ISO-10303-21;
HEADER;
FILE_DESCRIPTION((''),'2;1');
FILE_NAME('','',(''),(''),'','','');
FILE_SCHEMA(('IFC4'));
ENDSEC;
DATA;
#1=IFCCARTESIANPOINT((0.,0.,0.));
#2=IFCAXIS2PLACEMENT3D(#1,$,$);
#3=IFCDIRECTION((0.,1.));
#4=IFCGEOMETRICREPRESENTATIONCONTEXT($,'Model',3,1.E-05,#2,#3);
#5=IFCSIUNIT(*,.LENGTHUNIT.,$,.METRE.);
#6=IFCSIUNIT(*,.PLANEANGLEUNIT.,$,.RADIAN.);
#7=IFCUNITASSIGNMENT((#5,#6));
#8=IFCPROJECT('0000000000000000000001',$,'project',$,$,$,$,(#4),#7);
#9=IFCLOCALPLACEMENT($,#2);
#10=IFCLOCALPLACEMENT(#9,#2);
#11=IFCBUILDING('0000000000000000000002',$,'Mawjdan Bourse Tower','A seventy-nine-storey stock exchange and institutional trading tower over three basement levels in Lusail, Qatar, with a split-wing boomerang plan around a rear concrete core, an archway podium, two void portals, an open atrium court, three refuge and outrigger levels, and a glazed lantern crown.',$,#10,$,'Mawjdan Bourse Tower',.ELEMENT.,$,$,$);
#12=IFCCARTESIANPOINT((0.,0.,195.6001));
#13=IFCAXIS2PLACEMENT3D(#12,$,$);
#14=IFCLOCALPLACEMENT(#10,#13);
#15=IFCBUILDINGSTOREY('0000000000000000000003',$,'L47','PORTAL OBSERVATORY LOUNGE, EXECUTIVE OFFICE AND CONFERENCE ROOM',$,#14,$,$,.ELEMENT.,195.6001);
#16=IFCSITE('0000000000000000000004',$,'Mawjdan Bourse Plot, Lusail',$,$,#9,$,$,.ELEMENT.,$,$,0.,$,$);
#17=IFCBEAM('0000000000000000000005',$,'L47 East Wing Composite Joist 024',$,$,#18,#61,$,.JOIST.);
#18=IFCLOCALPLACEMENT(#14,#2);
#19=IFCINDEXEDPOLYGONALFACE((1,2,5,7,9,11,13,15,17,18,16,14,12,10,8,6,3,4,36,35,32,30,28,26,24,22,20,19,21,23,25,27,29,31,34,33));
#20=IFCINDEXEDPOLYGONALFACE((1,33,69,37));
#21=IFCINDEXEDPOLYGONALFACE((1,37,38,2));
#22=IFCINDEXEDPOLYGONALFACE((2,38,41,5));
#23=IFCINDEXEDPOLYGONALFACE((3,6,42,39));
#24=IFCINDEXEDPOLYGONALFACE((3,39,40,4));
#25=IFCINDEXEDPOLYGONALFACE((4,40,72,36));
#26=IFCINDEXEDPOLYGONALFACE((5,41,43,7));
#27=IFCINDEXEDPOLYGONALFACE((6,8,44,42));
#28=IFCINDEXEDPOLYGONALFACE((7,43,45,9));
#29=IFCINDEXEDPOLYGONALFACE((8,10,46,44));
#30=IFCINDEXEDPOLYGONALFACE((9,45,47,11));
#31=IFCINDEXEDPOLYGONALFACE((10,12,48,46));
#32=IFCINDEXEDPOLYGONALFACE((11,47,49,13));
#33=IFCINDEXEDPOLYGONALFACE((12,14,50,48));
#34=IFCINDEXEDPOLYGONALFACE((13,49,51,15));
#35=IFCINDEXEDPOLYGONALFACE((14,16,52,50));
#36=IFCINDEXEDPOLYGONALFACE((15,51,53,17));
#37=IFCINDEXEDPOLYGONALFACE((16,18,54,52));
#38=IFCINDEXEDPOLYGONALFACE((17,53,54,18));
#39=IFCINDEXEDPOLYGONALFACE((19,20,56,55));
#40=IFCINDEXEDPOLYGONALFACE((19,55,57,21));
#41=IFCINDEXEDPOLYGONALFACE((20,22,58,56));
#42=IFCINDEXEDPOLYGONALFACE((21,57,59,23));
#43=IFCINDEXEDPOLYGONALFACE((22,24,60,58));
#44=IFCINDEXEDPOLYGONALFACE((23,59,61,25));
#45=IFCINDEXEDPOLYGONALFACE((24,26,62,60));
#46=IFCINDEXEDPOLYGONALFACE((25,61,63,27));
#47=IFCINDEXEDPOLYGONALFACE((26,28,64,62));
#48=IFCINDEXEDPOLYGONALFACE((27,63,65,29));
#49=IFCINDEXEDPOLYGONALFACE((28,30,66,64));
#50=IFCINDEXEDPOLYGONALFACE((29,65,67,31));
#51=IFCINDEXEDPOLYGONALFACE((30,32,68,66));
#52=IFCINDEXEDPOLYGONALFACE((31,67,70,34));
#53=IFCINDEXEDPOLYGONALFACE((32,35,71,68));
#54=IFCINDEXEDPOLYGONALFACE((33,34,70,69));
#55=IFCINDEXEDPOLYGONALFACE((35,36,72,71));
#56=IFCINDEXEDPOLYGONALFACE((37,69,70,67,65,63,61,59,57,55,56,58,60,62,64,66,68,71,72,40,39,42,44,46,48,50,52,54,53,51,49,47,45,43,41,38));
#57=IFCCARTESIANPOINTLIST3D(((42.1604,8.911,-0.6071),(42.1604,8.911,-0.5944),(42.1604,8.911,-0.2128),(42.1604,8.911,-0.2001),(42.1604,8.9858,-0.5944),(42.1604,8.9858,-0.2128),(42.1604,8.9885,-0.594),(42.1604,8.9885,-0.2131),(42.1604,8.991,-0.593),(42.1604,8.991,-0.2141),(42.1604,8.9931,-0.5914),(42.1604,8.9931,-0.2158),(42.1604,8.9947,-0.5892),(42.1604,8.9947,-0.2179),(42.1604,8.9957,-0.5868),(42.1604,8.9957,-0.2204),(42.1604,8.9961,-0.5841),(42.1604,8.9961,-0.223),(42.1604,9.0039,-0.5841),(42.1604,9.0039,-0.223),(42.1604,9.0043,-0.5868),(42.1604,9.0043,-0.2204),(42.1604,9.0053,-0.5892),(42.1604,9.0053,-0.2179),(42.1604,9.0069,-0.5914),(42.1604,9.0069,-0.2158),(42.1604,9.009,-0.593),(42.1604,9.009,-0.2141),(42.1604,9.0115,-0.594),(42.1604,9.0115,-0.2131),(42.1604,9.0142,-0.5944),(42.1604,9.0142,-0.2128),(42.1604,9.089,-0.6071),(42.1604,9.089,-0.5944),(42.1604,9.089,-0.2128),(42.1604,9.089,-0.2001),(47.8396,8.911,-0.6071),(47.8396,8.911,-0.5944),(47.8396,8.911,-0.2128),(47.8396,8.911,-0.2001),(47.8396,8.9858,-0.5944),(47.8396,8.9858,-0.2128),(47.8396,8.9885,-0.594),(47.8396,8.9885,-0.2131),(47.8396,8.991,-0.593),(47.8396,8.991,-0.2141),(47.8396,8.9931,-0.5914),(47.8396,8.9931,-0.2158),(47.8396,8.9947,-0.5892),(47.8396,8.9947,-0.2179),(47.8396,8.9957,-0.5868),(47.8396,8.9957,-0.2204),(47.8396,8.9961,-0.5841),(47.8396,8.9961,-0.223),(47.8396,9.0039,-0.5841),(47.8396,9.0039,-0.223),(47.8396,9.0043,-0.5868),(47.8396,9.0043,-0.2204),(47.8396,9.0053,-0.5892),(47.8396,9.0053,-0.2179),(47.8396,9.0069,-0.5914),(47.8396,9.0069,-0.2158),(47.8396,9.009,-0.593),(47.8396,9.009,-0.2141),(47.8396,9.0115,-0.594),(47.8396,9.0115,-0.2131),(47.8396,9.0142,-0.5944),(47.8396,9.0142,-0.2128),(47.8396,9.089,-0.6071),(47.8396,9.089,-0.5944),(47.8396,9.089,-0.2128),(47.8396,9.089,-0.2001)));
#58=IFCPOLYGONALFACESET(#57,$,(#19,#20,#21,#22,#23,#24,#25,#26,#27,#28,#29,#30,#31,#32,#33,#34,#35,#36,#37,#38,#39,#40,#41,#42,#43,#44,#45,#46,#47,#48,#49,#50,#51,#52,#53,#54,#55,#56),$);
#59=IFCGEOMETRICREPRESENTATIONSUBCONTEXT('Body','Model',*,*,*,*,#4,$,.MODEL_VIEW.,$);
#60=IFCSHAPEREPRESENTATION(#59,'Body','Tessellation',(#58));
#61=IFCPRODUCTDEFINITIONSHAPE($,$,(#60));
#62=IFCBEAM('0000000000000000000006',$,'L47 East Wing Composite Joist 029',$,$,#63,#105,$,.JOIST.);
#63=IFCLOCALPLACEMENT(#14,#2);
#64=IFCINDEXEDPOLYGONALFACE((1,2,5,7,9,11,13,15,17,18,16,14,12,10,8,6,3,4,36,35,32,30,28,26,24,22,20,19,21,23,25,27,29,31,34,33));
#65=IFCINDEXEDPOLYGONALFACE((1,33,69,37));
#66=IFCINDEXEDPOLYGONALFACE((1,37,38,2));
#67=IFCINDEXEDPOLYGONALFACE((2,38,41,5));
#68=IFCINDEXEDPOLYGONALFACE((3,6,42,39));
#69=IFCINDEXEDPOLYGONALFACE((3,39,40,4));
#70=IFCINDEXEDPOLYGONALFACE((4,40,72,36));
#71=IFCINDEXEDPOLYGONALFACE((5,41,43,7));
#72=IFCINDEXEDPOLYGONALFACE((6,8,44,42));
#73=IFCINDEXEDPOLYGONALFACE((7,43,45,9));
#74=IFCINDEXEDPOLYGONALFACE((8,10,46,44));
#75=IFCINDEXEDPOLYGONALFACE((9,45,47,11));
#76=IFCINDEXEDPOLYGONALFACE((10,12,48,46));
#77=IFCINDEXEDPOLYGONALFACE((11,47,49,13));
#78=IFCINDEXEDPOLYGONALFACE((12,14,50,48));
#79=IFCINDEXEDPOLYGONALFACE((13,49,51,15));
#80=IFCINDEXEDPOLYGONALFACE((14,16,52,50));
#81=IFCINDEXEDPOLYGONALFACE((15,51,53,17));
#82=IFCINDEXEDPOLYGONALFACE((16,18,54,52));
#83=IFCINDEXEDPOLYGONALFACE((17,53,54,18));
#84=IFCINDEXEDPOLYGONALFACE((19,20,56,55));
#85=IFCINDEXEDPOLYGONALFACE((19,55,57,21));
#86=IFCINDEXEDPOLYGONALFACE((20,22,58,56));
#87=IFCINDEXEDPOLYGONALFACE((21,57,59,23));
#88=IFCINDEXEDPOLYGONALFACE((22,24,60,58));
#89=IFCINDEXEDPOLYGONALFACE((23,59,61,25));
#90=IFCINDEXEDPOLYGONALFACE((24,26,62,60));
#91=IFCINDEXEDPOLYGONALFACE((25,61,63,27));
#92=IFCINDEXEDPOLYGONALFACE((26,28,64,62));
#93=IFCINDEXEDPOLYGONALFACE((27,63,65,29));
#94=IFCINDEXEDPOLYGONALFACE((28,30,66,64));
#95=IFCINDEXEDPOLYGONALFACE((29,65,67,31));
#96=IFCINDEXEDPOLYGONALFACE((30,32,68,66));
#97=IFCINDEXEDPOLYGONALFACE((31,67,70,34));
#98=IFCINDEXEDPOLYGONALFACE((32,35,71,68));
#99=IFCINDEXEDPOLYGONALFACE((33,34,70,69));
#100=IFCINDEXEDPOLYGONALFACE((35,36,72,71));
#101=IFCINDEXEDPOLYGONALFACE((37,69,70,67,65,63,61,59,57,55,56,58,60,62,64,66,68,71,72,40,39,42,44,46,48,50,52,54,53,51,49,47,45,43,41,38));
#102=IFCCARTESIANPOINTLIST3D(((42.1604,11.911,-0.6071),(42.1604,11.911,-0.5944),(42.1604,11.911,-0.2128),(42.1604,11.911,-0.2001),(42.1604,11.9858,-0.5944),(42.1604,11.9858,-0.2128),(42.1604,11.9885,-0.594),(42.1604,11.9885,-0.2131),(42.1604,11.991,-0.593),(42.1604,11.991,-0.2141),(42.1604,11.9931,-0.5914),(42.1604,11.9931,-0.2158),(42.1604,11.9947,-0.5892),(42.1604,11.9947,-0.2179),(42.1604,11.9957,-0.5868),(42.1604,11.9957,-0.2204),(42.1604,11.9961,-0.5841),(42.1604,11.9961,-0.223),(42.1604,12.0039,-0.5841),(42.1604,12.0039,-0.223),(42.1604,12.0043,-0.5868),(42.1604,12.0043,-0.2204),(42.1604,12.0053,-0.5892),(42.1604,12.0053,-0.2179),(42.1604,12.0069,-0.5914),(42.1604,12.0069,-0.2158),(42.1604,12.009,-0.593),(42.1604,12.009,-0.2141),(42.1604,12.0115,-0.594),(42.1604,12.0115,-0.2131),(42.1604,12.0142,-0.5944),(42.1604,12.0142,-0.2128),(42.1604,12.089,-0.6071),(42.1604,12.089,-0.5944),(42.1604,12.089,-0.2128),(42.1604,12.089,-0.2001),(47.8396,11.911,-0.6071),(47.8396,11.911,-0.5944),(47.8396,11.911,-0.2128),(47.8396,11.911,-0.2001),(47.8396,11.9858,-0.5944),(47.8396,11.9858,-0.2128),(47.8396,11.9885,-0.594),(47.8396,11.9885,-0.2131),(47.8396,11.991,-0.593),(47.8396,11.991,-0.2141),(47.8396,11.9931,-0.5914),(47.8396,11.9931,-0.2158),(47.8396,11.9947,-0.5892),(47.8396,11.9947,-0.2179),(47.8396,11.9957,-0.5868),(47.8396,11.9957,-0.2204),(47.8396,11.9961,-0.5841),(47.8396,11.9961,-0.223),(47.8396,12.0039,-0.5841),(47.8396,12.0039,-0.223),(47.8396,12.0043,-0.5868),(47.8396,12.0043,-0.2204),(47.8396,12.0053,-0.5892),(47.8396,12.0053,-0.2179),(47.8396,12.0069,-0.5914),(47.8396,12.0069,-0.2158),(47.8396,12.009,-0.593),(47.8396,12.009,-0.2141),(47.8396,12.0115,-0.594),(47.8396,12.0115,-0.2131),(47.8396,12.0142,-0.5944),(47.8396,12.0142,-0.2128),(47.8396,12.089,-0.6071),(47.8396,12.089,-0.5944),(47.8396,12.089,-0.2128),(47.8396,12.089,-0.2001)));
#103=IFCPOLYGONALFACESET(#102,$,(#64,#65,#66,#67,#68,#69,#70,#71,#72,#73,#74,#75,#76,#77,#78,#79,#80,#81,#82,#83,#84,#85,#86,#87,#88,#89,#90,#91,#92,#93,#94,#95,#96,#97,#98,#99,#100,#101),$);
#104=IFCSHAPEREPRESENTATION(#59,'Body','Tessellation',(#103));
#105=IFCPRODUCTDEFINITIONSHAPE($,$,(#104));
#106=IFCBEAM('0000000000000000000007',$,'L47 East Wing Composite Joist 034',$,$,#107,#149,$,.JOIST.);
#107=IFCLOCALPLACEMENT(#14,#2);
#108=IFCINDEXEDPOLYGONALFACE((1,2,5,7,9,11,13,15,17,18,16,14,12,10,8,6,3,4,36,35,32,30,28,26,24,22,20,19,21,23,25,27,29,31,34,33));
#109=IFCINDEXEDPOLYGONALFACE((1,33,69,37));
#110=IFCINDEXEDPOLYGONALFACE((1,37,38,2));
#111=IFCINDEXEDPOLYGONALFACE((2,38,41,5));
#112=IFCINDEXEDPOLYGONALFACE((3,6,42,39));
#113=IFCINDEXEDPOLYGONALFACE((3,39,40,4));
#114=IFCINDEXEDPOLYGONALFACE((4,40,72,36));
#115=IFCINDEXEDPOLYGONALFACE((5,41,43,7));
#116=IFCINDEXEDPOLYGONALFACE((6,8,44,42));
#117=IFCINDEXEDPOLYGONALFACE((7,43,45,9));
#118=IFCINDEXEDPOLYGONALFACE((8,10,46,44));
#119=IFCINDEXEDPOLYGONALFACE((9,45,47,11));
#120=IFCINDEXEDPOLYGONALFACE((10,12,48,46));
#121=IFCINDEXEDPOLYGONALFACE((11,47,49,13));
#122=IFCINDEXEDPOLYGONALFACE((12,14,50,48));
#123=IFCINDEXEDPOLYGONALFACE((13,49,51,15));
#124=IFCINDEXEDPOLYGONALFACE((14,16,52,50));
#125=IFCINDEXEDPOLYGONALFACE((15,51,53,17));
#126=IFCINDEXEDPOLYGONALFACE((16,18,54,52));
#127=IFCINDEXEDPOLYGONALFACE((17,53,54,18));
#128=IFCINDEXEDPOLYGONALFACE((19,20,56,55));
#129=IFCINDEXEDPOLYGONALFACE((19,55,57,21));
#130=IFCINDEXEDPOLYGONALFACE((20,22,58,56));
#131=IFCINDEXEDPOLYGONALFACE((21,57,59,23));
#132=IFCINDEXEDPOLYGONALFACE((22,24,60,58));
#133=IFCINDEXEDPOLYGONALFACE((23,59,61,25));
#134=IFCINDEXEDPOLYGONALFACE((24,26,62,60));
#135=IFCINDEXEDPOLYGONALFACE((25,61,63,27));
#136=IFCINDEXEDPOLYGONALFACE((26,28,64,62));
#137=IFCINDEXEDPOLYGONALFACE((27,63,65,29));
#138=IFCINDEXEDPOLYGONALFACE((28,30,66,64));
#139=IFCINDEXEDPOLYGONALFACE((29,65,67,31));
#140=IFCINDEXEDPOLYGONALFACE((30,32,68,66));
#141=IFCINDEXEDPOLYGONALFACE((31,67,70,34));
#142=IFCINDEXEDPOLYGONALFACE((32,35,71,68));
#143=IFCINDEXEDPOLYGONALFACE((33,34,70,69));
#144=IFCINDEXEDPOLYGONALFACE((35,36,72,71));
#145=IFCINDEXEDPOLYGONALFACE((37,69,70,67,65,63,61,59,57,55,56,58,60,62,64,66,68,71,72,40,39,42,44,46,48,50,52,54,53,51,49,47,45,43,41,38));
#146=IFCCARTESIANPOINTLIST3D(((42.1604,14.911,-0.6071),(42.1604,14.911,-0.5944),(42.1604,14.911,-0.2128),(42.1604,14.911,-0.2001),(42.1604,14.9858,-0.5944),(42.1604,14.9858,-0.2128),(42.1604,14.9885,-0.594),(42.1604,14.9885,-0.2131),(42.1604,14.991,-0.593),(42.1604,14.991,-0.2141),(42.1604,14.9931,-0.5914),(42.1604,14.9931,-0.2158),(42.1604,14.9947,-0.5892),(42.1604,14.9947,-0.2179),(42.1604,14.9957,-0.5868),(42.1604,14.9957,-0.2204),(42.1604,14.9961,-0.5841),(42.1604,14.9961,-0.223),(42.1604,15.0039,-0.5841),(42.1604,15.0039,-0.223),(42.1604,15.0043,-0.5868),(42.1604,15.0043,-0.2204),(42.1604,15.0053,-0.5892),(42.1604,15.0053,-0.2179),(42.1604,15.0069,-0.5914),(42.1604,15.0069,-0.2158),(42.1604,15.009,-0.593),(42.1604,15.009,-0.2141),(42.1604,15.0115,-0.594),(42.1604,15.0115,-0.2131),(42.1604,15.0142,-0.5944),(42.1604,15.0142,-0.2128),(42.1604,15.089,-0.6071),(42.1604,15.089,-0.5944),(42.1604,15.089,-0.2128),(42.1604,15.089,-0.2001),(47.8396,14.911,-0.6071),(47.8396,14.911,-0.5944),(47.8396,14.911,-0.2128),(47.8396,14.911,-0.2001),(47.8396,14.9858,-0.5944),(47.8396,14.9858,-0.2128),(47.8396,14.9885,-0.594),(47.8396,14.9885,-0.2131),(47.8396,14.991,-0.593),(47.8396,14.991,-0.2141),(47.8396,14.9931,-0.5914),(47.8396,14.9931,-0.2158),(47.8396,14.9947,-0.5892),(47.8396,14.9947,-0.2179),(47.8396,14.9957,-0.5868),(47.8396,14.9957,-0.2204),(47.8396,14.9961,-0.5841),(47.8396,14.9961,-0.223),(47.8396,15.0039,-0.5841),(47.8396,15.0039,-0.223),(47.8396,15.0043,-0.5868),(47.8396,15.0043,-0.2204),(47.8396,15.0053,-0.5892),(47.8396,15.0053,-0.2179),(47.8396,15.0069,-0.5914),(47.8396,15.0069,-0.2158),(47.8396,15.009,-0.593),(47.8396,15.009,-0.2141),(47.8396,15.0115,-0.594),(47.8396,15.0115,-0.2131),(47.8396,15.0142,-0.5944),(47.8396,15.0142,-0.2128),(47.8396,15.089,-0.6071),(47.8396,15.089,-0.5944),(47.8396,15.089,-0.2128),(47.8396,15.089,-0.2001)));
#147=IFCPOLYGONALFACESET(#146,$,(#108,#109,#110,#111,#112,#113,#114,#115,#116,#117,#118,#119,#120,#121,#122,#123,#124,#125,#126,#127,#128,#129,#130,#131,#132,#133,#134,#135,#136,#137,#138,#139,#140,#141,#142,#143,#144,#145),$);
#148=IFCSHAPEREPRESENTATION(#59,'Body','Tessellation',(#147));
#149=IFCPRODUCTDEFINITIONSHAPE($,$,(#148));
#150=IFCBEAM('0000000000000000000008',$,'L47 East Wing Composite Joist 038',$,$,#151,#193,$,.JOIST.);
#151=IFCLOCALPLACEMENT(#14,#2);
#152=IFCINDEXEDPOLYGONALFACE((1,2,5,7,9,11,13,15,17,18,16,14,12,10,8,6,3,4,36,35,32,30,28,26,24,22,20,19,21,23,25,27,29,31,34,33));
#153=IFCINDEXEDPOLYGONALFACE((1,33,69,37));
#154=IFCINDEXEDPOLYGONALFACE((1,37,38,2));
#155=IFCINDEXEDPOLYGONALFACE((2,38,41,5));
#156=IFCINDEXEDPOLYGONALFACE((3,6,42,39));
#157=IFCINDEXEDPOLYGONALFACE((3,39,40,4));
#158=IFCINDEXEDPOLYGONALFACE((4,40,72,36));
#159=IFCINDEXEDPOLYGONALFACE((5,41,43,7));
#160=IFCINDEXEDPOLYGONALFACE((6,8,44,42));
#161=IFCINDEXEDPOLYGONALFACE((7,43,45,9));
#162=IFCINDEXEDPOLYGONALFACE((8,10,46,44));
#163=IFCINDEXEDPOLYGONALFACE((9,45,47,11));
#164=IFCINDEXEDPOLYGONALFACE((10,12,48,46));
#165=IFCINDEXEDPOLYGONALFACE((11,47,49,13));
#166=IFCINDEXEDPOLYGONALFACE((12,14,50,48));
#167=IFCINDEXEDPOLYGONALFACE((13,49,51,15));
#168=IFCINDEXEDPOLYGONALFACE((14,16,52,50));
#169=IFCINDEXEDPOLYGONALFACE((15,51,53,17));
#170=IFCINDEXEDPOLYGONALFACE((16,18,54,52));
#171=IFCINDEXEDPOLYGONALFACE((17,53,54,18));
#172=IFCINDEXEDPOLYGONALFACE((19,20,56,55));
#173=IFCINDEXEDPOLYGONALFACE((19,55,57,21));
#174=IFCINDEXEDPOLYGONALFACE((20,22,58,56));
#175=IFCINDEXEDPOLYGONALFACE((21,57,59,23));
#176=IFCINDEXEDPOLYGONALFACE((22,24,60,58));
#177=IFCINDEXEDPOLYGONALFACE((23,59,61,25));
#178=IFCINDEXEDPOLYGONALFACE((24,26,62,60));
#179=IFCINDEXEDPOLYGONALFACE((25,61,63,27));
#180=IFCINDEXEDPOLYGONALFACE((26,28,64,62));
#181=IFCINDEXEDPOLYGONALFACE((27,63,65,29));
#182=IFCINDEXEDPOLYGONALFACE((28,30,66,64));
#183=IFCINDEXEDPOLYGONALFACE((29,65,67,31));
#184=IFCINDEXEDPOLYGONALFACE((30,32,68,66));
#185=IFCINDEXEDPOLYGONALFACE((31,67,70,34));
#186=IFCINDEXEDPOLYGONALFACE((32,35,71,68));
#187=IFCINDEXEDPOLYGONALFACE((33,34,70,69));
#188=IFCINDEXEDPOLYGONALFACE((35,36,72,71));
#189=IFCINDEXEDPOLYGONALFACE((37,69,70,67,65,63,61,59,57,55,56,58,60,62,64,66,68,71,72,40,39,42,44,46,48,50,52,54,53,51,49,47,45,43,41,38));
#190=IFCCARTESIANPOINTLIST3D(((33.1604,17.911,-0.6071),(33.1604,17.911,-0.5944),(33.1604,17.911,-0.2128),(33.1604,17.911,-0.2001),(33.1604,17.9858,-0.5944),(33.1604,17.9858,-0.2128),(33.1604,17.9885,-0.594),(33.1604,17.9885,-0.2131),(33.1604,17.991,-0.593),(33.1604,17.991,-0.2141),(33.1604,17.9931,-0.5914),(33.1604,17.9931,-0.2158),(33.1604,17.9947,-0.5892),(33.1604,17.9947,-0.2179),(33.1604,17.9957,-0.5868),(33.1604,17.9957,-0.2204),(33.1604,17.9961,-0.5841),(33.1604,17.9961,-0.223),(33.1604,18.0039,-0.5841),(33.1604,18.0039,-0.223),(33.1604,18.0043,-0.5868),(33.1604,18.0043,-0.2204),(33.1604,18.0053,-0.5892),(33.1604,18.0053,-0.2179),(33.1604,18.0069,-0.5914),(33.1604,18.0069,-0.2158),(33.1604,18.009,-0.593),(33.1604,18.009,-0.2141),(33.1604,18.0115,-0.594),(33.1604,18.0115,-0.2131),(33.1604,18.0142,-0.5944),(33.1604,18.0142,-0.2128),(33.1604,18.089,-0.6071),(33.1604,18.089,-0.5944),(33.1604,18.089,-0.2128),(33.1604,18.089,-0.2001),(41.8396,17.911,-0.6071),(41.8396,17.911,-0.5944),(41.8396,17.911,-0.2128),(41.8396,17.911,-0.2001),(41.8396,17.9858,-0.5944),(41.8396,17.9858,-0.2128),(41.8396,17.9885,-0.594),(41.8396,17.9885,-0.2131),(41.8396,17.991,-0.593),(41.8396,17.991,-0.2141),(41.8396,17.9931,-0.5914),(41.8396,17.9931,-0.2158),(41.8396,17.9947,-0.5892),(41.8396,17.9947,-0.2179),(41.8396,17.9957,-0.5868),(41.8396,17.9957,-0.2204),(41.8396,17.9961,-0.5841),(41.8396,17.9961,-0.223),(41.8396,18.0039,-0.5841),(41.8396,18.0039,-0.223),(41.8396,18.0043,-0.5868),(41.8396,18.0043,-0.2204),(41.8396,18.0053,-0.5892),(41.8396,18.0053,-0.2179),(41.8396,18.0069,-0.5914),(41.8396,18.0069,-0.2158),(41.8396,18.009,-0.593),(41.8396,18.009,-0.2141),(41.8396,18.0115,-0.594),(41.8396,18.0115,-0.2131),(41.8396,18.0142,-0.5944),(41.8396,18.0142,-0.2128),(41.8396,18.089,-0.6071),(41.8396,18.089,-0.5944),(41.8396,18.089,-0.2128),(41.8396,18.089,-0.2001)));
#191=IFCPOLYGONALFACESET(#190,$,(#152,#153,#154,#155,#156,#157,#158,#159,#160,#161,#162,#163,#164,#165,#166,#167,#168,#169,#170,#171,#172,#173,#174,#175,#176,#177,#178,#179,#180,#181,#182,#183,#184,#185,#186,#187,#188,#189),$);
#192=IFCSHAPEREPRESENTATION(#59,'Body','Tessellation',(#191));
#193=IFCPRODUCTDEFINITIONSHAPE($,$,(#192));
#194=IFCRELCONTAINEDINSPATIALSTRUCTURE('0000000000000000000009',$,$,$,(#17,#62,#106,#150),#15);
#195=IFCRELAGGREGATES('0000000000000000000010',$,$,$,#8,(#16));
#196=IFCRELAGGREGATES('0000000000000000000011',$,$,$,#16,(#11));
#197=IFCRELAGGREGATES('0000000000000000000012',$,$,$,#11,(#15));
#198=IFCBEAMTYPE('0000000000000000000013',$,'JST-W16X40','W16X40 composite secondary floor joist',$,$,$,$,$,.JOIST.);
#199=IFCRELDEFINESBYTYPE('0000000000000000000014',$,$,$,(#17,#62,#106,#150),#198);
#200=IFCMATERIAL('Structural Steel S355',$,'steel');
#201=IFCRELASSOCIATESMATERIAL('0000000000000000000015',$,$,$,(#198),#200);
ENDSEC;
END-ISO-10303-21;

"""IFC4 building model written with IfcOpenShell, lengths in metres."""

from ifc_helpers import new_model, si_unit, direction, frame, origin, origin_2d, place, context, subcontext, project, spatial, i_section, extrude, material, material_profile, profile_set, type_object, element, save


model = new_model("IFC4")

# Units and contexts
model_context = context("Model", 3, precision=1e-05, world=origin(), true_north=direction((0.0, 1.0)))
body_context = subcontext(model_context, "Body", "Model", "MODEL_VIEW")
ifc_project = project(units=[si_unit("LENGTHUNIT", "METRE"), si_unit("PLANEANGLEUNIT", "RADIAN")], contexts=[model_context])

# Site, building, storey
site_placement = place(None, origin())
site = spatial("IfcSite", under=ifc_project, at=site_placement, Name="Mawjdan Bourse Plot, Lusail", CompositionType="ELEMENT", RefElevation=0.0)
building_placement = place(site_placement, origin())
building = spatial("IfcBuilding", under=site, at=building_placement, Name="Mawjdan Bourse Tower", Description="A seventy-nine-storey stock exchange and institutional trading tower over three basement levels in Lusail, Qatar, with a split-wing boomerang plan around a rear concrete core, an archway podium, two void portals, an open atrium court, three refuge and outrigger levels, and a glazed lantern crown.", LongName="Mawjdan Bourse Tower", CompositionType="ELEMENT")
storey_placement = place(building_placement, frame((0.0, 0.0, 195.6001)))
storey = spatial("IfcBuildingStorey", under=building, at=storey_placement, Name="L47", Description="PORTAL OBSERVATORY LOUNGE, EXECUTIVE OFFICE AND CONFERENCE ROOM", CompositionType="ELEMENT", Elevation=195.6001)

# Beams
ifc_material_1 = material(Name="Structural Steel S355", Category="steel")
ifc_material_profile_1 = material_profile(ifc_material_1, i_section(OverallWidth=0.178, OverallDepth=0.407, WebThickness=0.0078, FlangeThickness=0.0127, FilletRadius=0.0103, at=origin_2d()), Name="W16X40")
ifc_profile_set_1 = profile_set([ifc_material_profile_1], Name="Structural Steel S355")
beam_type_1 = type_object("IfcBeamType", Name="JST-W16X40", Description="W16X40 composite secondary floor joist", PredefinedType="JOIST", material=ifc_profile_set_1)
for number, where, z_axis, x_axis, name in (
    (1, (42.1604, 9.0, -0.4036), (1.0, 0.0, 0.0), (0.0, 1.0, 0.0), "L47 East Wing Composite Joist 024"),
    (2, (42.1604, 12.0, -0.4036), (1.0, 0.0, 0.0), (0.0, 1.0, 0.0), "L47 East Wing Composite Joist 029"),
    (3, (42.1604, 15.0, -0.4036), (1.0, 0.0, 0.0), (0.0, 1.0, 0.0), "L47 East Wing Composite Joist 034"),
):
    element("IfcBeam", number, at=place(storey_placement, frame(where, z_axis=z_axis, x_axis=x_axis)), inside=storey, type_object=beam_type_1, Name=name, PredefinedType="JOIST", context=body_context, shape_type="SweptSolid", body=[
        extrude(i_section(OverallWidth=0.178, OverallDepth=0.407, WebThickness=0.0078, FlangeThickness=0.0127, FilletRadius=0.0103, at=origin_2d()), origin(), (0.0, 0.0, 1.0), 5.6792),
    ])
beam_1_placement = place(storey_placement, frame((33.1604, 18.0, -0.4036), z_axis=(1.0, 0.0, 0.0), x_axis=(0.0, 1.0, 0.0)))
element("IfcBeam", 4, at=beam_1_placement, inside=storey, type_object=beam_type_1, Name="L47 East Wing Composite Joist 038", PredefinedType="JOIST", context=body_context, shape_type="SweptSolid", body=[
    extrude(i_section(OverallWidth=0.178, OverallDepth=0.407, WebThickness=0.0078, FlangeThickness=0.0127, FilletRadius=0.0103, at=origin_2d()), origin(), (0.0, 0.0, 1.0), 8.6792),
])

save(model, "model.ifc")
